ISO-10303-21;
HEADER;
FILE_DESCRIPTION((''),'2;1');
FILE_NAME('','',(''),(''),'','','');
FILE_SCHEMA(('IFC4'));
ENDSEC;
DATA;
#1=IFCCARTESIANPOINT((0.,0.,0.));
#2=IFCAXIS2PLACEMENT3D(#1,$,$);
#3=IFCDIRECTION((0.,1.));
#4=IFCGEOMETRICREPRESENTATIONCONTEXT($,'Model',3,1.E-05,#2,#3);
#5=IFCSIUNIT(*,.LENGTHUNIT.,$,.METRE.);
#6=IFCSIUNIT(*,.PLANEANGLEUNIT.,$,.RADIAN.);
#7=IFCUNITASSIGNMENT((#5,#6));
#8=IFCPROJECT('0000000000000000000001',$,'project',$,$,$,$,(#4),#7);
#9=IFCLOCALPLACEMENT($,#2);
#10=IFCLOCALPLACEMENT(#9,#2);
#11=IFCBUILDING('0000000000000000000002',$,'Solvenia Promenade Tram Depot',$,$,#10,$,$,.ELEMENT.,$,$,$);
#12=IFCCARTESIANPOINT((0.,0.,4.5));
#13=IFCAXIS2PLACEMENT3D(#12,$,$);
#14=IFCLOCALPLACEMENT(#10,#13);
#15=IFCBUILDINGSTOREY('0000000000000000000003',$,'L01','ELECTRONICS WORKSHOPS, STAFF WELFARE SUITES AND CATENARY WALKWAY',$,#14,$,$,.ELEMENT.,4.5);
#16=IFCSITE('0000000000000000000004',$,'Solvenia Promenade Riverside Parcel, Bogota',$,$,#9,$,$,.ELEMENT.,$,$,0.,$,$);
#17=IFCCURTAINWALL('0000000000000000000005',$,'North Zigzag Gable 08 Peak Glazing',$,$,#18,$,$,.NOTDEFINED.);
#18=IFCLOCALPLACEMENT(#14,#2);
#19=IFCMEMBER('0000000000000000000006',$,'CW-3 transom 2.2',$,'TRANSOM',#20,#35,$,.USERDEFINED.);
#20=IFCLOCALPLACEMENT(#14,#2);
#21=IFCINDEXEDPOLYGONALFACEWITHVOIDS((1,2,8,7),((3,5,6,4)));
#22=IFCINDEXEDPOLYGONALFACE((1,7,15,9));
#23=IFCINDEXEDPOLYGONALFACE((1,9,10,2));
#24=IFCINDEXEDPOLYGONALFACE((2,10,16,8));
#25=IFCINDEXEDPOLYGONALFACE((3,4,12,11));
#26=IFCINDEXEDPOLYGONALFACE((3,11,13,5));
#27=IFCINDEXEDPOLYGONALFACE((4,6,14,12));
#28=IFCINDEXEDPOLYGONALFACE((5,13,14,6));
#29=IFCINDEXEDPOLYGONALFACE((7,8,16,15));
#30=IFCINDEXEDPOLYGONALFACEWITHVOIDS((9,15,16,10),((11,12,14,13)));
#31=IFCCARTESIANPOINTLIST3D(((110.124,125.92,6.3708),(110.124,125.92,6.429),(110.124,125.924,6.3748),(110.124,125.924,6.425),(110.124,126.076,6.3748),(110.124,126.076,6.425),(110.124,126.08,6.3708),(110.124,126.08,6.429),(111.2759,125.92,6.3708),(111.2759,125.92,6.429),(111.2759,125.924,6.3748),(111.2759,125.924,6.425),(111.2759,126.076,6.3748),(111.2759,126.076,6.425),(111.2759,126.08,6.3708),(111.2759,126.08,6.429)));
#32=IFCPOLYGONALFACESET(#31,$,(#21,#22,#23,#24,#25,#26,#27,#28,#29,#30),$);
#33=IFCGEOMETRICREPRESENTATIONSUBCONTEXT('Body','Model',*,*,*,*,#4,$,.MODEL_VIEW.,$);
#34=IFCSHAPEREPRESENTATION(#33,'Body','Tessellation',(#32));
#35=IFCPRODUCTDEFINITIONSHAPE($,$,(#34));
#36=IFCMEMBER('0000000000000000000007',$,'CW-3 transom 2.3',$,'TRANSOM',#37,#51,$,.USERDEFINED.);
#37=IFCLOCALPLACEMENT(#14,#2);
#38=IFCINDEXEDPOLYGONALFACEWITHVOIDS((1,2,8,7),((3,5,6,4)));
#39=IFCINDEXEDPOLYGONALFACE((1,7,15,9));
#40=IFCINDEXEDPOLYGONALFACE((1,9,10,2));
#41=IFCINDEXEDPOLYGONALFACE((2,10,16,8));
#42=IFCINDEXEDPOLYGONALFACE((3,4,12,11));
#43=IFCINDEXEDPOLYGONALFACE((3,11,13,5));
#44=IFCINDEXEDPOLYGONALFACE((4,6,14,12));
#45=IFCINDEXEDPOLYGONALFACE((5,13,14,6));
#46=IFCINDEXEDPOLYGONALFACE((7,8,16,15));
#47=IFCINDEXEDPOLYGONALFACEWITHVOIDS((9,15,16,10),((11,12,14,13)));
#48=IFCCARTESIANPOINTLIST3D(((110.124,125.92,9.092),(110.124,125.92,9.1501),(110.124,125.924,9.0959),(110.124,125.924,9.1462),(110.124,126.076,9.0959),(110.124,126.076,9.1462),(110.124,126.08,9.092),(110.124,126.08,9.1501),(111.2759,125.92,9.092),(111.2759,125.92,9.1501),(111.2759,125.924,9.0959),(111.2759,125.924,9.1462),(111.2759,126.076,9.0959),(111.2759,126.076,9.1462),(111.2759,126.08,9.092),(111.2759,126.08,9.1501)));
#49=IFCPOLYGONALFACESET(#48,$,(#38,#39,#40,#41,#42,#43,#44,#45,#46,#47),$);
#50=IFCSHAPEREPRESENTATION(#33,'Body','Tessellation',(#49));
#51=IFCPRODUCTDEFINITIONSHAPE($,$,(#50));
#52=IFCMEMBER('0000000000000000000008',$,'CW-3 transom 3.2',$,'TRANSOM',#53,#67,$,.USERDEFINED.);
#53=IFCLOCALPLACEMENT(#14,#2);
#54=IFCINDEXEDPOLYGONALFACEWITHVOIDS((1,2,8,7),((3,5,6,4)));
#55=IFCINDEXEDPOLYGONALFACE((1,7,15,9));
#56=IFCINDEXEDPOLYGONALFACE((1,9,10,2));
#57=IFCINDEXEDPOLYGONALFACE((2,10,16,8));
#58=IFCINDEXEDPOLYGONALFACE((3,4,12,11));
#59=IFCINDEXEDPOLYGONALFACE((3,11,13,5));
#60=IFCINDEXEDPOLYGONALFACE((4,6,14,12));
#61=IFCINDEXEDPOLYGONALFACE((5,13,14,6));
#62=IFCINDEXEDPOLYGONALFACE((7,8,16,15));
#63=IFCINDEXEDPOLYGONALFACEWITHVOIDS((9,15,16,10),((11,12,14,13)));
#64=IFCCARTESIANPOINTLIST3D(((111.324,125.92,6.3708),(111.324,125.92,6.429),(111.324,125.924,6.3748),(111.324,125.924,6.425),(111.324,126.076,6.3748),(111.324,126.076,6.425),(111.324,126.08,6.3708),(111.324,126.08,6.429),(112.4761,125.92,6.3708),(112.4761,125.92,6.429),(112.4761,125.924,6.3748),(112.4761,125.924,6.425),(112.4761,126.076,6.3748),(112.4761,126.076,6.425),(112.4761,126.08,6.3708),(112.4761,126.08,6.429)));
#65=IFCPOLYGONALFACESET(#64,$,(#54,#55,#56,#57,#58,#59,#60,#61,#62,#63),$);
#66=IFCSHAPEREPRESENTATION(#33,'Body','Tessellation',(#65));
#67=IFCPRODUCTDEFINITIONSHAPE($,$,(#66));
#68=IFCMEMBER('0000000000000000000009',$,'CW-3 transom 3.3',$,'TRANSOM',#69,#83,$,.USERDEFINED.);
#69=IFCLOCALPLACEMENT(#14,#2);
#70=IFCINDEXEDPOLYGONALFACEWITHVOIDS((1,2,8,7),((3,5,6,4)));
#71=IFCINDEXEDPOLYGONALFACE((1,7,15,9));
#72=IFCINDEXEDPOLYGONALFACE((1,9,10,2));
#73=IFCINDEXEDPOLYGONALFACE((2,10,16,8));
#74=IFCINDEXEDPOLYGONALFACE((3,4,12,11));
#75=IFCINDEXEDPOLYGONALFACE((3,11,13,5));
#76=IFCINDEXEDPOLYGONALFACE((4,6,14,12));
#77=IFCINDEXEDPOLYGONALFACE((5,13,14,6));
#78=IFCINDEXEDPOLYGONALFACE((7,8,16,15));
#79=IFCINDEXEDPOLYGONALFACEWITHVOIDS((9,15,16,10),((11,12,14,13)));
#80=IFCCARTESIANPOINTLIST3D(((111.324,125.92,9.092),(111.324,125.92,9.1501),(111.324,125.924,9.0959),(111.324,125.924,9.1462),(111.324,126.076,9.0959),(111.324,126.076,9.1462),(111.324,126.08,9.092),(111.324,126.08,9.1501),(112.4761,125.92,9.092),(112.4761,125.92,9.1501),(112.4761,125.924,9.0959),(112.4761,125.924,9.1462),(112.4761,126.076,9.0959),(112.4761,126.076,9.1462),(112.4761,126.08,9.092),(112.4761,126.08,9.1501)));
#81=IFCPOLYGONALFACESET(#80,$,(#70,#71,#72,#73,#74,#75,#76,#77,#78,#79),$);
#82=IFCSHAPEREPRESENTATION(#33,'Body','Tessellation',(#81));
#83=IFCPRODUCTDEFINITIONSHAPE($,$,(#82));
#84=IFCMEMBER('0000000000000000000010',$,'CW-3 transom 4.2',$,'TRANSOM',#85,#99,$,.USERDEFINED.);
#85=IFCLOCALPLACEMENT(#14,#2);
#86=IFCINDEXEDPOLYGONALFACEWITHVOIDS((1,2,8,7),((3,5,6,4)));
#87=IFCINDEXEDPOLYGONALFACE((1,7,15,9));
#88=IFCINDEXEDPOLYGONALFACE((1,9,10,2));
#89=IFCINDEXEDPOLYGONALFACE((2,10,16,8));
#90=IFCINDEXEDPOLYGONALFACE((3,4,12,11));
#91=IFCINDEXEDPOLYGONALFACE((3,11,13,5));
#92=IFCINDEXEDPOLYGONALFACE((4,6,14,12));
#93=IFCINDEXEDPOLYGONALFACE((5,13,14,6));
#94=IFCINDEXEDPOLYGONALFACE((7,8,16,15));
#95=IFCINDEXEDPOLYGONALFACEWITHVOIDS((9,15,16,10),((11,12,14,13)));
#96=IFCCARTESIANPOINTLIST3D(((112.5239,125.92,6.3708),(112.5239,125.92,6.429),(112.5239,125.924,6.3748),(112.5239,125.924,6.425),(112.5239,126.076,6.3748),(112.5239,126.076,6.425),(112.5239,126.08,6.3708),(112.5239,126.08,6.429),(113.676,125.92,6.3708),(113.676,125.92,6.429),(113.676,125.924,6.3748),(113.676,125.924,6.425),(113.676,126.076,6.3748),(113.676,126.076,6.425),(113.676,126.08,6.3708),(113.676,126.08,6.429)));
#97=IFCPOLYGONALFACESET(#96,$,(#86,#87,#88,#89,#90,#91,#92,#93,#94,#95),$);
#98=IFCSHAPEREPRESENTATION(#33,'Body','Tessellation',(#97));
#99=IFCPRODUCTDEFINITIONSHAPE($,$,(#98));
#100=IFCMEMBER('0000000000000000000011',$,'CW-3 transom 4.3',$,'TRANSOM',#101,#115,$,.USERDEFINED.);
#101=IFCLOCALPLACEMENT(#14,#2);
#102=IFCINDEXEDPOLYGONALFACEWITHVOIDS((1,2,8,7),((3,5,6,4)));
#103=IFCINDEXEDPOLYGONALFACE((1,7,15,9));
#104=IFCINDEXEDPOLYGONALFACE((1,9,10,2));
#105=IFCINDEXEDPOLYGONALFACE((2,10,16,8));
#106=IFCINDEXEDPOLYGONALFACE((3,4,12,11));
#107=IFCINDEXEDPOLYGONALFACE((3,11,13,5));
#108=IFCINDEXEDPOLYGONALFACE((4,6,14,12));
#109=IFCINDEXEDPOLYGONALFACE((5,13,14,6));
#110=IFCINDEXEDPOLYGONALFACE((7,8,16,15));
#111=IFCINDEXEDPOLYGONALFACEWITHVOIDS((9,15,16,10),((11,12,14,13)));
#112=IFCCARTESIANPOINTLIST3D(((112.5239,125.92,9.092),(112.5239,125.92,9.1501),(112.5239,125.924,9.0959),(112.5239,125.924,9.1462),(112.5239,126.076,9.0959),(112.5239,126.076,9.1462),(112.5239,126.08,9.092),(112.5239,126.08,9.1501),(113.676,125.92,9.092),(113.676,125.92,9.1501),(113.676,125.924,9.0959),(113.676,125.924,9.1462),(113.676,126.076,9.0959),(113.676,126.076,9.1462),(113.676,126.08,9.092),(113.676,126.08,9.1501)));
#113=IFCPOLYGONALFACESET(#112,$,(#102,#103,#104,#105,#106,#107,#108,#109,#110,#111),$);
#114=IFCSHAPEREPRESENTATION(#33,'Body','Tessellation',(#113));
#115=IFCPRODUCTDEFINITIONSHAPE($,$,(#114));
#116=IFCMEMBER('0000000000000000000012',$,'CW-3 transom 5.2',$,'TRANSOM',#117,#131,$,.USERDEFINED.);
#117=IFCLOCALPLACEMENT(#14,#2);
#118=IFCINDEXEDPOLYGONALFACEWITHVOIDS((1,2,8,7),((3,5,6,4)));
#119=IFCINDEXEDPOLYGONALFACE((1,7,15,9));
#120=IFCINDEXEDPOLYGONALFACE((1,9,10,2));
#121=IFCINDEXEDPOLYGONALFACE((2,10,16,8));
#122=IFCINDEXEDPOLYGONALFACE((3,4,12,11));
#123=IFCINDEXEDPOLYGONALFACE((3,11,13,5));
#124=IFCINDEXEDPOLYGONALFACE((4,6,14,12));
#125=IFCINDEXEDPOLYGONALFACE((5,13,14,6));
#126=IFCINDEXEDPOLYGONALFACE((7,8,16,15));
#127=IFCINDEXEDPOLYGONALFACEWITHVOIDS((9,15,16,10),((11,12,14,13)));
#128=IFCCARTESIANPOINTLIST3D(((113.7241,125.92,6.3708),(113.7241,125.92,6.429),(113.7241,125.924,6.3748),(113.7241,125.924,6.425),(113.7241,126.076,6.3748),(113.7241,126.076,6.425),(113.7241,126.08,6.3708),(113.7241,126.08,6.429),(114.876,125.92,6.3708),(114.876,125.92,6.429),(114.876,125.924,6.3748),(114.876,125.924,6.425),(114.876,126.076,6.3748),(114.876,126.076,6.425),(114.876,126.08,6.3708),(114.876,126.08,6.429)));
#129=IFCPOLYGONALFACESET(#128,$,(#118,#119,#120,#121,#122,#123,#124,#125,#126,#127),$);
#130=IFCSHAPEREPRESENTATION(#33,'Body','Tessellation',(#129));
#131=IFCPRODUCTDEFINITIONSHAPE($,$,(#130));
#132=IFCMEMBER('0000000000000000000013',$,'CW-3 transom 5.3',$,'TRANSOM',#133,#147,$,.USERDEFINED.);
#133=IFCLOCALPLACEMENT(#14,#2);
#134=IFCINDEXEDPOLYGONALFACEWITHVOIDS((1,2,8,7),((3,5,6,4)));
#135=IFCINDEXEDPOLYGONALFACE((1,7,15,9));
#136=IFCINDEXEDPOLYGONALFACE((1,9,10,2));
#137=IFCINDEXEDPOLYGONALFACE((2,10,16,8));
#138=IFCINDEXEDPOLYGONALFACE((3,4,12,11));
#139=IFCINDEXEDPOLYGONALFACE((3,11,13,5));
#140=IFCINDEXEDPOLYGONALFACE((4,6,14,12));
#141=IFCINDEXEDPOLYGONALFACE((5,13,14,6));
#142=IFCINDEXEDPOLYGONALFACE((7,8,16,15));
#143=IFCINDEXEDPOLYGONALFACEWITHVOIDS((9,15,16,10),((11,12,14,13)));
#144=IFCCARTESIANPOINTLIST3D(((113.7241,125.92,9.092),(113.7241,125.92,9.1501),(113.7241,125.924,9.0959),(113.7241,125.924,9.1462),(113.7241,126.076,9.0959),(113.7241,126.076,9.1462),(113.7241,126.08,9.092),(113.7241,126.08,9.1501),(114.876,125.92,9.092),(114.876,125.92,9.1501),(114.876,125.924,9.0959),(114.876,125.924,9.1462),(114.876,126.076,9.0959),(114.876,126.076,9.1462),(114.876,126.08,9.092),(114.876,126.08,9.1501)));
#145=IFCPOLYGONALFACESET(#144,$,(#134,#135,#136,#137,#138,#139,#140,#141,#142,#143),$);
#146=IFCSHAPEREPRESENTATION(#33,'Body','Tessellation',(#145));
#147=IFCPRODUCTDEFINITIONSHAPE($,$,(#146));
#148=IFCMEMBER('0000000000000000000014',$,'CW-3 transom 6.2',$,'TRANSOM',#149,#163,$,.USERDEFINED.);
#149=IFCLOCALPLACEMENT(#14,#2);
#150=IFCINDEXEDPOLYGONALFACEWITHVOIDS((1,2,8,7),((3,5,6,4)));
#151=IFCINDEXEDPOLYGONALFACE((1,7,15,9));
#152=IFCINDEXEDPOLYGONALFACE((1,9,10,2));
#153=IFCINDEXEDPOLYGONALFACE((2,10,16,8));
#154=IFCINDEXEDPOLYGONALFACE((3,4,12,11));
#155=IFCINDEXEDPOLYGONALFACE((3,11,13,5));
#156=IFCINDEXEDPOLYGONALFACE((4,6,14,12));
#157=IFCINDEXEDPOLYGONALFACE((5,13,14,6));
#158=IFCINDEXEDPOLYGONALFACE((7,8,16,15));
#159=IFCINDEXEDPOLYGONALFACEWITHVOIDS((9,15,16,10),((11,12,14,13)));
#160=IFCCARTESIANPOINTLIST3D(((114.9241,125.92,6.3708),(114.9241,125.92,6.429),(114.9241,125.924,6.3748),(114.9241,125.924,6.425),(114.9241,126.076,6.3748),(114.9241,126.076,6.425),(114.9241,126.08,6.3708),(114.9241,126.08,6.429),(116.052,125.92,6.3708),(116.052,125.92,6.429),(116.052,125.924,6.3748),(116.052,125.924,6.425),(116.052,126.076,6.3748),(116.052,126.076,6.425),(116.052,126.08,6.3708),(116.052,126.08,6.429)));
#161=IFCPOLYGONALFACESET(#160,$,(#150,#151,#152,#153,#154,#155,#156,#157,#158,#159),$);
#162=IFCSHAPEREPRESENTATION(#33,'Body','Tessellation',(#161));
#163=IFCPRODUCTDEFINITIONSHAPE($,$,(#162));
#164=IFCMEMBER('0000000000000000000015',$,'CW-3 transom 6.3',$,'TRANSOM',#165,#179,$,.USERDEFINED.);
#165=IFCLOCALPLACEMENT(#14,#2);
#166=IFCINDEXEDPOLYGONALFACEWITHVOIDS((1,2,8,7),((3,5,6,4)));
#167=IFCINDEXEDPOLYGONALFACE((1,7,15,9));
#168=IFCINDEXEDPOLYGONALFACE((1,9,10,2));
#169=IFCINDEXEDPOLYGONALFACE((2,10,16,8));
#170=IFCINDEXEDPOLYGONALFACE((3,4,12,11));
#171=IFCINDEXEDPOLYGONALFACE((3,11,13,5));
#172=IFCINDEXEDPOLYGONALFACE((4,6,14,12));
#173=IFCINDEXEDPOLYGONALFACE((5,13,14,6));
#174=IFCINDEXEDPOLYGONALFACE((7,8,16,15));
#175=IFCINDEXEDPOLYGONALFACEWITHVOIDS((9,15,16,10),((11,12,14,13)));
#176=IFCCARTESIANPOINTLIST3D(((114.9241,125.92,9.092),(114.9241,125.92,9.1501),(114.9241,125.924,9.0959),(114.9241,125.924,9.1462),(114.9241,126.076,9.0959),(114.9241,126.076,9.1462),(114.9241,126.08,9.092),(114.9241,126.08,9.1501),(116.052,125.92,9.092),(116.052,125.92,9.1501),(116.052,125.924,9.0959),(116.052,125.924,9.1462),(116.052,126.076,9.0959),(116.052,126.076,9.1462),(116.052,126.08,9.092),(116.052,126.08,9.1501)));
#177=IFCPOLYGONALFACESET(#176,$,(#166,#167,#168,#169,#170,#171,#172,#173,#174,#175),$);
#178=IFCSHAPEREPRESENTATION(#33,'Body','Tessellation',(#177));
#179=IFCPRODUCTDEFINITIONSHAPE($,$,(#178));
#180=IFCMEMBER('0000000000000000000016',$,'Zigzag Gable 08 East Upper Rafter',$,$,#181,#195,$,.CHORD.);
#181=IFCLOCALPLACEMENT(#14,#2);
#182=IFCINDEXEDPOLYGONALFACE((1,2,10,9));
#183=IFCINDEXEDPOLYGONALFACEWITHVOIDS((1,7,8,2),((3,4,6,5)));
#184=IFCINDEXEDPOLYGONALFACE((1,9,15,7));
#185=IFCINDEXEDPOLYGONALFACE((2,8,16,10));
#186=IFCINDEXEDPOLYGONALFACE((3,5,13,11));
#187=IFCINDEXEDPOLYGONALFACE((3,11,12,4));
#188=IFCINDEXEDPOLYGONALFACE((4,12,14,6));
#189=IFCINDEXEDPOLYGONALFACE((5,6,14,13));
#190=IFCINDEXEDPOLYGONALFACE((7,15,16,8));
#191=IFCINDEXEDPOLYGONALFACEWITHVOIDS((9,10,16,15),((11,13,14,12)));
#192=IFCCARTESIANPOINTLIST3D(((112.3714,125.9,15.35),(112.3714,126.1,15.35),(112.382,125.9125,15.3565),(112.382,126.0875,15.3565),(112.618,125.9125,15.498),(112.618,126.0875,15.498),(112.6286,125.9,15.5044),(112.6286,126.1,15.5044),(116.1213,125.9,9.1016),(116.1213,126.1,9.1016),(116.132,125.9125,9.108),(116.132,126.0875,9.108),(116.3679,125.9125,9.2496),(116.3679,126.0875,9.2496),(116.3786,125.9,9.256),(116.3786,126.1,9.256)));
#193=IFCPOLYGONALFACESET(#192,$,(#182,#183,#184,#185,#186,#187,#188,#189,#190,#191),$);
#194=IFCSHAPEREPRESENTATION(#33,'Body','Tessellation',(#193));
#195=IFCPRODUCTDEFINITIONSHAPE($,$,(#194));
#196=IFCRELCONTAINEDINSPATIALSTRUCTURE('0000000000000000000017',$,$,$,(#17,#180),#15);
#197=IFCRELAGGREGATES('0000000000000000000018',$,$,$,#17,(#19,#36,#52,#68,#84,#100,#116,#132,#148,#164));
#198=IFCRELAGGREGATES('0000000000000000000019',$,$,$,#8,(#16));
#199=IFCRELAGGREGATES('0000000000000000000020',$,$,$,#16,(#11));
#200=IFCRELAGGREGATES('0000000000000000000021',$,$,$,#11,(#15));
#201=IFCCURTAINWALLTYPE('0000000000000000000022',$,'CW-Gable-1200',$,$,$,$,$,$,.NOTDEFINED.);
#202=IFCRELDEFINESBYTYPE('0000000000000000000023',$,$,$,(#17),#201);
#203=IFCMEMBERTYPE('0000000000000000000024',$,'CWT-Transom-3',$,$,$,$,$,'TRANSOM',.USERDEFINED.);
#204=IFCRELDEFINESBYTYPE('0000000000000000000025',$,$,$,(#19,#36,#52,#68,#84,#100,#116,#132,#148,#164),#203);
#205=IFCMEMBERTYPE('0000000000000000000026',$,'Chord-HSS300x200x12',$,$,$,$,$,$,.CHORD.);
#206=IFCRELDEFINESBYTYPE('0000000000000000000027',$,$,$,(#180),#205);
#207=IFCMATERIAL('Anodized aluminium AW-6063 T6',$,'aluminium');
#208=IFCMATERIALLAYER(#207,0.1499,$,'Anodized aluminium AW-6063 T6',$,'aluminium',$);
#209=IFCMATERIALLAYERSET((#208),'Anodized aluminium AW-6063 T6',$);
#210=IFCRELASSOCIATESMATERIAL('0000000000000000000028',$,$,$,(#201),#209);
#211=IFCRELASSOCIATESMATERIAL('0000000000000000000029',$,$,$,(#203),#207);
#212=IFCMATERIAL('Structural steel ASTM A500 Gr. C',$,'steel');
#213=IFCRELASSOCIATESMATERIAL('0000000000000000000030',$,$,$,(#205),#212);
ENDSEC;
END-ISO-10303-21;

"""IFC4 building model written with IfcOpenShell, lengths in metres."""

from ifc_helpers import new_model, si_unit, direction, frame, origin, origin_2d, place, context, subcontext, project, spatial, hollow_rectangle, extrude, material, layer, layer_set, material_profile, profile_set, type_object, element, aggregate, save


model = new_model("IFC4")

# Units and contexts
model_context = context("Model", 3, precision=1e-05, world=origin(), true_north=direction((0.0, 1.0)))
body_context = subcontext(model_context, "Body", "Model", "MODEL_VIEW")
ifc_project = project(units=[si_unit("LENGTHUNIT", "METRE"), si_unit("PLANEANGLEUNIT", "RADIAN")], contexts=[model_context])

# Site, building, storey
site_placement = place(None, origin())
site = spatial("IfcSite", under=ifc_project, at=site_placement, Name="Solvenia Promenade Riverside Parcel, Bogota", CompositionType="ELEMENT", RefElevation=0.0)
building_placement = place(site_placement, origin())
building = spatial("IfcBuilding", under=site, at=building_placement, Name="Solvenia Promenade Tram Depot", CompositionType="ELEMENT")
storey_placement = place(building_placement, frame((0.0, 0.0, 4.5)))
storey = spatial("IfcBuildingStorey", under=building, at=storey_placement, Name="L01", Description="ELECTRONICS WORKSHOPS, STAFF WELFARE SUITES AND CATENARY WALKWAY", CompositionType="ELEMENT", Elevation=4.5)

# Curtain wall, members
ifc_material_1 = material(Name="Anodized aluminium AW-6063 T6", Category="aluminium")
ifc_layer_1 = layer(ifc_material_1, 0.1499, Name="Anodized aluminium AW-6063 T6", Category="aluminium")
ifc_layer_set_1 = layer_set([ifc_layer_1], Name="Anodized aluminium AW-6063 T6")
curtain_wall_type = type_object("IfcCurtainWallType", Name="CW-Gable-1200", PredefinedType="NOTDEFINED", material=ifc_layer_set_1)
curtain_wall_placement = place(storey_placement, origin())
curtain_wall = element("IfcCurtainWall", 1, at=curtain_wall_placement, inside=storey, type_object=curtain_wall_type, Name="North Zigzag Gable 08 Peak Glazing", PredefinedType="NOTDEFINED")
ifc_material_profile_1 = material_profile(ifc_material_1, hollow_rectangle(XDim=0.1599, YDim=0.0581, WallThickness=0.0039, at=origin_2d()), Name="ALU-T3", Category="aluminium")
ifc_profile_set_1 = profile_set([ifc_material_profile_1], Name="Anodized aluminium AW-6063 T6")
member_type_1 = type_object("IfcMemberType", Name="CWT-Transom-3", ElementType="TRANSOM", PredefinedType="USERDEFINED", material=ifc_profile_set_1)
member_1_placement = place(storey_placement, frame((110.124, 126.0, 6.3999), z_axis=(1.0, 0.0, 0.0), x_axis=(0.0, 1.0, 0.0)))
member_1 = element("IfcMember", 2, at=member_1_placement, type_object=member_type_1, Name="CW-3 transom 2.2", ObjectType="TRANSOM", PredefinedType="USERDEFINED", context=body_context, shape_type="SweptSolid", body=[
    extrude(hollow_rectangle(XDim=0.1599, YDim=0.0581, WallThickness=0.0039, at=origin_2d()), origin(), (0.0, 0.0, 1.0), 1.1519),
])
member_2_placement = place(storey_placement, frame((110.124, 126.0, 9.1211), z_axis=(1.0, 0.0, 0.0), x_axis=(0.0, 1.0, 0.0)))
member_2 = element("IfcMember", 3, at=member_2_placement, type_object=member_type_1, Name="CW-3 transom 2.3", ObjectType="TRANSOM", PredefinedType="USERDEFINED", context=body_context, shape_type="SweptSolid", body=[
    extrude(hollow_rectangle(XDim=0.1599, YDim=0.0581, WallThickness=0.0039, at=origin_2d()), origin(), (0.0, 0.0, 1.0), 1.1519),
])
member_3_placement = place(storey_placement, frame((111.324, 126.0, 6.3999), z_axis=(1.0, 0.0, 0.0), x_axis=(0.0, 1.0, 0.0)))
member_3 = element("IfcMember", 4, at=member_3_placement, type_object=member_type_1, Name="CW-3 transom 3.2", ObjectType="TRANSOM", PredefinedType="USERDEFINED", context=body_context, shape_type="SweptSolid", body=[
    extrude(hollow_rectangle(XDim=0.1599, YDim=0.0581, WallThickness=0.0039, at=origin_2d()), origin(), (0.0, 0.0, 1.0), 1.1521),
])
member_4_placement = place(storey_placement, frame((111.324, 126.0, 9.1211), z_axis=(1.0, 0.0, 0.0), x_axis=(0.0, 1.0, 0.0)))
member_4 = element("IfcMember", 5, at=member_4_placement, type_object=member_type_1, Name="CW-3 transom 3.3", ObjectType="TRANSOM", PredefinedType="USERDEFINED", context=body_context, shape_type="SweptSolid", body=[
    extrude(hollow_rectangle(XDim=0.1599, YDim=0.0581, WallThickness=0.0039, at=origin_2d()), origin(), (0.0, 0.0, 1.0), 1.1521),
])
member_5_placement = place(storey_placement, frame((112.5239, 126.0, 6.3999), z_axis=(1.0, 0.0, 0.0), x_axis=(0.0, 1.0, 0.0)))
member_5 = element("IfcMember", 6, at=member_5_placement, type_object=member_type_1, Name="CW-3 transom 4.2", ObjectType="TRANSOM", PredefinedType="USERDEFINED", context=body_context, shape_type="SweptSolid", body=[
    extrude(hollow_rectangle(XDim=0.1599, YDim=0.0581, WallThickness=0.0039, at=origin_2d()), origin(), (0.0, 0.0, 1.0), 1.1521),
])
member_6_placement = place(storey_placement, frame((112.5239, 126.0, 9.1211), z_axis=(1.0, 0.0, 0.0), x_axis=(0.0, 1.0, 0.0)))
member_6 = element("IfcMember", 7, at=member_6_placement, type_object=member_type_1, Name="CW-3 transom 4.3", ObjectType="TRANSOM", PredefinedType="USERDEFINED", context=body_context, shape_type="SweptSolid", body=[
    extrude(hollow_rectangle(XDim=0.1599, YDim=0.0581, WallThickness=0.0039, at=origin_2d()), origin(), (0.0, 0.0, 1.0), 1.1521),
])
member_7_placement = place(storey_placement, frame((113.7241, 126.0, 6.3999), z_axis=(1.0, 0.0, 0.0), x_axis=(0.0, 1.0, 0.0)))
member_7 = element("IfcMember", 8, at=member_7_placement, type_object=member_type_1, Name="CW-3 transom 5.2", ObjectType="TRANSOM", PredefinedType="USERDEFINED", context=body_context, shape_type="SweptSolid", body=[
    extrude(hollow_rectangle(XDim=0.1599, YDim=0.0581, WallThickness=0.0039, at=origin_2d()), origin(), (0.0, 0.0, 1.0), 1.1519),
])
member_8_placement = place(storey_placement, frame((113.7241, 126.0, 9.1211), z_axis=(1.0, 0.0, 0.0), x_axis=(0.0, 1.0, 0.0)))
member_8 = element("IfcMember", 9, at=member_8_placement, type_object=member_type_1, Name="CW-3 transom 5.3", ObjectType="TRANSOM", PredefinedType="USERDEFINED", context=body_context, shape_type="SweptSolid", body=[
    extrude(hollow_rectangle(XDim=0.1599, YDim=0.0581, WallThickness=0.0039, at=origin_2d()), origin(), (0.0, 0.0, 1.0), 1.1519),
])
member_9_placement = place(storey_placement, frame((114.9241, 126.0, 6.3999), z_axis=(1.0, 0.0, 0.0), x_axis=(0.0, 1.0, 0.0)))
member_9 = element("IfcMember", 10, at=member_9_placement, type_object=member_type_1, Name="CW-3 transom 6.2", ObjectType="TRANSOM", PredefinedType="USERDEFINED", context=body_context, shape_type="SweptSolid", body=[
    extrude(hollow_rectangle(XDim=0.1599, YDim=0.0581, WallThickness=0.0039, at=origin_2d()), origin(), (0.0, 0.0, 1.0), 1.1279),
])
member_10_placement = place(storey_placement, frame((114.9241, 126.0, 9.1211), z_axis=(1.0, 0.0, 0.0), x_axis=(0.0, 1.0, 0.0)))
member_10 = element("IfcMember", 11, at=member_10_placement, type_object=member_type_1, Name="CW-3 transom 6.3", ObjectType="TRANSOM", PredefinedType="USERDEFINED", context=body_context, shape_type="SweptSolid", body=[
    extrude(hollow_rectangle(XDim=0.1599, YDim=0.0581, WallThickness=0.0039, at=origin_2d()), origin(), (0.0, 0.0, 1.0), 1.1279),
])

# Member
ifc_material_2 = material(Name="Structural steel ASTM A500 Gr. C", Category="steel")
ifc_material_profile_2 = material_profile(ifc_material_2, hollow_rectangle(XDim=0.2, YDim=0.3, WallThickness=0.0125, at=origin_2d()), Name="HSS300x200x12.5", Category="steel")
ifc_profile_set_2 = profile_set([ifc_material_profile_2], Name="Structural steel ASTM A500 Gr. C")
member_type_2 = type_object("IfcMemberType", Name="Chord-HSS300x200x12", PredefinedType="CHORD", material=ifc_profile_set_2)
for number, where, z_axis, x_axis, name in (
    (12, (112.5, 126.0, 15.4272), (0.514584, 0.0, -0.85744), (0.0, 1.0, 0.0), "Zigzag Gable 08 East Upper Rafter"),
):
    element("IfcMember", number, at=place(storey_placement, frame(where, z_axis=z_axis, x_axis=x_axis)), inside=storey, type_object=member_type_2, Name=name, PredefinedType="CHORD", context=body_context, shape_type="SweptSolid", body=[
        extrude(hollow_rectangle(XDim=0.2, YDim=0.3, WallThickness=0.0125, at=origin_2d()), origin(), (0.0, 0.0, 1.0), 7.2874),
    ])

aggregate(curtain_wall, [member_1, member_2, member_3, member_4, member_5, member_6, member_7, member_8, member_9, member_10])

save(model, "model.ifc")
